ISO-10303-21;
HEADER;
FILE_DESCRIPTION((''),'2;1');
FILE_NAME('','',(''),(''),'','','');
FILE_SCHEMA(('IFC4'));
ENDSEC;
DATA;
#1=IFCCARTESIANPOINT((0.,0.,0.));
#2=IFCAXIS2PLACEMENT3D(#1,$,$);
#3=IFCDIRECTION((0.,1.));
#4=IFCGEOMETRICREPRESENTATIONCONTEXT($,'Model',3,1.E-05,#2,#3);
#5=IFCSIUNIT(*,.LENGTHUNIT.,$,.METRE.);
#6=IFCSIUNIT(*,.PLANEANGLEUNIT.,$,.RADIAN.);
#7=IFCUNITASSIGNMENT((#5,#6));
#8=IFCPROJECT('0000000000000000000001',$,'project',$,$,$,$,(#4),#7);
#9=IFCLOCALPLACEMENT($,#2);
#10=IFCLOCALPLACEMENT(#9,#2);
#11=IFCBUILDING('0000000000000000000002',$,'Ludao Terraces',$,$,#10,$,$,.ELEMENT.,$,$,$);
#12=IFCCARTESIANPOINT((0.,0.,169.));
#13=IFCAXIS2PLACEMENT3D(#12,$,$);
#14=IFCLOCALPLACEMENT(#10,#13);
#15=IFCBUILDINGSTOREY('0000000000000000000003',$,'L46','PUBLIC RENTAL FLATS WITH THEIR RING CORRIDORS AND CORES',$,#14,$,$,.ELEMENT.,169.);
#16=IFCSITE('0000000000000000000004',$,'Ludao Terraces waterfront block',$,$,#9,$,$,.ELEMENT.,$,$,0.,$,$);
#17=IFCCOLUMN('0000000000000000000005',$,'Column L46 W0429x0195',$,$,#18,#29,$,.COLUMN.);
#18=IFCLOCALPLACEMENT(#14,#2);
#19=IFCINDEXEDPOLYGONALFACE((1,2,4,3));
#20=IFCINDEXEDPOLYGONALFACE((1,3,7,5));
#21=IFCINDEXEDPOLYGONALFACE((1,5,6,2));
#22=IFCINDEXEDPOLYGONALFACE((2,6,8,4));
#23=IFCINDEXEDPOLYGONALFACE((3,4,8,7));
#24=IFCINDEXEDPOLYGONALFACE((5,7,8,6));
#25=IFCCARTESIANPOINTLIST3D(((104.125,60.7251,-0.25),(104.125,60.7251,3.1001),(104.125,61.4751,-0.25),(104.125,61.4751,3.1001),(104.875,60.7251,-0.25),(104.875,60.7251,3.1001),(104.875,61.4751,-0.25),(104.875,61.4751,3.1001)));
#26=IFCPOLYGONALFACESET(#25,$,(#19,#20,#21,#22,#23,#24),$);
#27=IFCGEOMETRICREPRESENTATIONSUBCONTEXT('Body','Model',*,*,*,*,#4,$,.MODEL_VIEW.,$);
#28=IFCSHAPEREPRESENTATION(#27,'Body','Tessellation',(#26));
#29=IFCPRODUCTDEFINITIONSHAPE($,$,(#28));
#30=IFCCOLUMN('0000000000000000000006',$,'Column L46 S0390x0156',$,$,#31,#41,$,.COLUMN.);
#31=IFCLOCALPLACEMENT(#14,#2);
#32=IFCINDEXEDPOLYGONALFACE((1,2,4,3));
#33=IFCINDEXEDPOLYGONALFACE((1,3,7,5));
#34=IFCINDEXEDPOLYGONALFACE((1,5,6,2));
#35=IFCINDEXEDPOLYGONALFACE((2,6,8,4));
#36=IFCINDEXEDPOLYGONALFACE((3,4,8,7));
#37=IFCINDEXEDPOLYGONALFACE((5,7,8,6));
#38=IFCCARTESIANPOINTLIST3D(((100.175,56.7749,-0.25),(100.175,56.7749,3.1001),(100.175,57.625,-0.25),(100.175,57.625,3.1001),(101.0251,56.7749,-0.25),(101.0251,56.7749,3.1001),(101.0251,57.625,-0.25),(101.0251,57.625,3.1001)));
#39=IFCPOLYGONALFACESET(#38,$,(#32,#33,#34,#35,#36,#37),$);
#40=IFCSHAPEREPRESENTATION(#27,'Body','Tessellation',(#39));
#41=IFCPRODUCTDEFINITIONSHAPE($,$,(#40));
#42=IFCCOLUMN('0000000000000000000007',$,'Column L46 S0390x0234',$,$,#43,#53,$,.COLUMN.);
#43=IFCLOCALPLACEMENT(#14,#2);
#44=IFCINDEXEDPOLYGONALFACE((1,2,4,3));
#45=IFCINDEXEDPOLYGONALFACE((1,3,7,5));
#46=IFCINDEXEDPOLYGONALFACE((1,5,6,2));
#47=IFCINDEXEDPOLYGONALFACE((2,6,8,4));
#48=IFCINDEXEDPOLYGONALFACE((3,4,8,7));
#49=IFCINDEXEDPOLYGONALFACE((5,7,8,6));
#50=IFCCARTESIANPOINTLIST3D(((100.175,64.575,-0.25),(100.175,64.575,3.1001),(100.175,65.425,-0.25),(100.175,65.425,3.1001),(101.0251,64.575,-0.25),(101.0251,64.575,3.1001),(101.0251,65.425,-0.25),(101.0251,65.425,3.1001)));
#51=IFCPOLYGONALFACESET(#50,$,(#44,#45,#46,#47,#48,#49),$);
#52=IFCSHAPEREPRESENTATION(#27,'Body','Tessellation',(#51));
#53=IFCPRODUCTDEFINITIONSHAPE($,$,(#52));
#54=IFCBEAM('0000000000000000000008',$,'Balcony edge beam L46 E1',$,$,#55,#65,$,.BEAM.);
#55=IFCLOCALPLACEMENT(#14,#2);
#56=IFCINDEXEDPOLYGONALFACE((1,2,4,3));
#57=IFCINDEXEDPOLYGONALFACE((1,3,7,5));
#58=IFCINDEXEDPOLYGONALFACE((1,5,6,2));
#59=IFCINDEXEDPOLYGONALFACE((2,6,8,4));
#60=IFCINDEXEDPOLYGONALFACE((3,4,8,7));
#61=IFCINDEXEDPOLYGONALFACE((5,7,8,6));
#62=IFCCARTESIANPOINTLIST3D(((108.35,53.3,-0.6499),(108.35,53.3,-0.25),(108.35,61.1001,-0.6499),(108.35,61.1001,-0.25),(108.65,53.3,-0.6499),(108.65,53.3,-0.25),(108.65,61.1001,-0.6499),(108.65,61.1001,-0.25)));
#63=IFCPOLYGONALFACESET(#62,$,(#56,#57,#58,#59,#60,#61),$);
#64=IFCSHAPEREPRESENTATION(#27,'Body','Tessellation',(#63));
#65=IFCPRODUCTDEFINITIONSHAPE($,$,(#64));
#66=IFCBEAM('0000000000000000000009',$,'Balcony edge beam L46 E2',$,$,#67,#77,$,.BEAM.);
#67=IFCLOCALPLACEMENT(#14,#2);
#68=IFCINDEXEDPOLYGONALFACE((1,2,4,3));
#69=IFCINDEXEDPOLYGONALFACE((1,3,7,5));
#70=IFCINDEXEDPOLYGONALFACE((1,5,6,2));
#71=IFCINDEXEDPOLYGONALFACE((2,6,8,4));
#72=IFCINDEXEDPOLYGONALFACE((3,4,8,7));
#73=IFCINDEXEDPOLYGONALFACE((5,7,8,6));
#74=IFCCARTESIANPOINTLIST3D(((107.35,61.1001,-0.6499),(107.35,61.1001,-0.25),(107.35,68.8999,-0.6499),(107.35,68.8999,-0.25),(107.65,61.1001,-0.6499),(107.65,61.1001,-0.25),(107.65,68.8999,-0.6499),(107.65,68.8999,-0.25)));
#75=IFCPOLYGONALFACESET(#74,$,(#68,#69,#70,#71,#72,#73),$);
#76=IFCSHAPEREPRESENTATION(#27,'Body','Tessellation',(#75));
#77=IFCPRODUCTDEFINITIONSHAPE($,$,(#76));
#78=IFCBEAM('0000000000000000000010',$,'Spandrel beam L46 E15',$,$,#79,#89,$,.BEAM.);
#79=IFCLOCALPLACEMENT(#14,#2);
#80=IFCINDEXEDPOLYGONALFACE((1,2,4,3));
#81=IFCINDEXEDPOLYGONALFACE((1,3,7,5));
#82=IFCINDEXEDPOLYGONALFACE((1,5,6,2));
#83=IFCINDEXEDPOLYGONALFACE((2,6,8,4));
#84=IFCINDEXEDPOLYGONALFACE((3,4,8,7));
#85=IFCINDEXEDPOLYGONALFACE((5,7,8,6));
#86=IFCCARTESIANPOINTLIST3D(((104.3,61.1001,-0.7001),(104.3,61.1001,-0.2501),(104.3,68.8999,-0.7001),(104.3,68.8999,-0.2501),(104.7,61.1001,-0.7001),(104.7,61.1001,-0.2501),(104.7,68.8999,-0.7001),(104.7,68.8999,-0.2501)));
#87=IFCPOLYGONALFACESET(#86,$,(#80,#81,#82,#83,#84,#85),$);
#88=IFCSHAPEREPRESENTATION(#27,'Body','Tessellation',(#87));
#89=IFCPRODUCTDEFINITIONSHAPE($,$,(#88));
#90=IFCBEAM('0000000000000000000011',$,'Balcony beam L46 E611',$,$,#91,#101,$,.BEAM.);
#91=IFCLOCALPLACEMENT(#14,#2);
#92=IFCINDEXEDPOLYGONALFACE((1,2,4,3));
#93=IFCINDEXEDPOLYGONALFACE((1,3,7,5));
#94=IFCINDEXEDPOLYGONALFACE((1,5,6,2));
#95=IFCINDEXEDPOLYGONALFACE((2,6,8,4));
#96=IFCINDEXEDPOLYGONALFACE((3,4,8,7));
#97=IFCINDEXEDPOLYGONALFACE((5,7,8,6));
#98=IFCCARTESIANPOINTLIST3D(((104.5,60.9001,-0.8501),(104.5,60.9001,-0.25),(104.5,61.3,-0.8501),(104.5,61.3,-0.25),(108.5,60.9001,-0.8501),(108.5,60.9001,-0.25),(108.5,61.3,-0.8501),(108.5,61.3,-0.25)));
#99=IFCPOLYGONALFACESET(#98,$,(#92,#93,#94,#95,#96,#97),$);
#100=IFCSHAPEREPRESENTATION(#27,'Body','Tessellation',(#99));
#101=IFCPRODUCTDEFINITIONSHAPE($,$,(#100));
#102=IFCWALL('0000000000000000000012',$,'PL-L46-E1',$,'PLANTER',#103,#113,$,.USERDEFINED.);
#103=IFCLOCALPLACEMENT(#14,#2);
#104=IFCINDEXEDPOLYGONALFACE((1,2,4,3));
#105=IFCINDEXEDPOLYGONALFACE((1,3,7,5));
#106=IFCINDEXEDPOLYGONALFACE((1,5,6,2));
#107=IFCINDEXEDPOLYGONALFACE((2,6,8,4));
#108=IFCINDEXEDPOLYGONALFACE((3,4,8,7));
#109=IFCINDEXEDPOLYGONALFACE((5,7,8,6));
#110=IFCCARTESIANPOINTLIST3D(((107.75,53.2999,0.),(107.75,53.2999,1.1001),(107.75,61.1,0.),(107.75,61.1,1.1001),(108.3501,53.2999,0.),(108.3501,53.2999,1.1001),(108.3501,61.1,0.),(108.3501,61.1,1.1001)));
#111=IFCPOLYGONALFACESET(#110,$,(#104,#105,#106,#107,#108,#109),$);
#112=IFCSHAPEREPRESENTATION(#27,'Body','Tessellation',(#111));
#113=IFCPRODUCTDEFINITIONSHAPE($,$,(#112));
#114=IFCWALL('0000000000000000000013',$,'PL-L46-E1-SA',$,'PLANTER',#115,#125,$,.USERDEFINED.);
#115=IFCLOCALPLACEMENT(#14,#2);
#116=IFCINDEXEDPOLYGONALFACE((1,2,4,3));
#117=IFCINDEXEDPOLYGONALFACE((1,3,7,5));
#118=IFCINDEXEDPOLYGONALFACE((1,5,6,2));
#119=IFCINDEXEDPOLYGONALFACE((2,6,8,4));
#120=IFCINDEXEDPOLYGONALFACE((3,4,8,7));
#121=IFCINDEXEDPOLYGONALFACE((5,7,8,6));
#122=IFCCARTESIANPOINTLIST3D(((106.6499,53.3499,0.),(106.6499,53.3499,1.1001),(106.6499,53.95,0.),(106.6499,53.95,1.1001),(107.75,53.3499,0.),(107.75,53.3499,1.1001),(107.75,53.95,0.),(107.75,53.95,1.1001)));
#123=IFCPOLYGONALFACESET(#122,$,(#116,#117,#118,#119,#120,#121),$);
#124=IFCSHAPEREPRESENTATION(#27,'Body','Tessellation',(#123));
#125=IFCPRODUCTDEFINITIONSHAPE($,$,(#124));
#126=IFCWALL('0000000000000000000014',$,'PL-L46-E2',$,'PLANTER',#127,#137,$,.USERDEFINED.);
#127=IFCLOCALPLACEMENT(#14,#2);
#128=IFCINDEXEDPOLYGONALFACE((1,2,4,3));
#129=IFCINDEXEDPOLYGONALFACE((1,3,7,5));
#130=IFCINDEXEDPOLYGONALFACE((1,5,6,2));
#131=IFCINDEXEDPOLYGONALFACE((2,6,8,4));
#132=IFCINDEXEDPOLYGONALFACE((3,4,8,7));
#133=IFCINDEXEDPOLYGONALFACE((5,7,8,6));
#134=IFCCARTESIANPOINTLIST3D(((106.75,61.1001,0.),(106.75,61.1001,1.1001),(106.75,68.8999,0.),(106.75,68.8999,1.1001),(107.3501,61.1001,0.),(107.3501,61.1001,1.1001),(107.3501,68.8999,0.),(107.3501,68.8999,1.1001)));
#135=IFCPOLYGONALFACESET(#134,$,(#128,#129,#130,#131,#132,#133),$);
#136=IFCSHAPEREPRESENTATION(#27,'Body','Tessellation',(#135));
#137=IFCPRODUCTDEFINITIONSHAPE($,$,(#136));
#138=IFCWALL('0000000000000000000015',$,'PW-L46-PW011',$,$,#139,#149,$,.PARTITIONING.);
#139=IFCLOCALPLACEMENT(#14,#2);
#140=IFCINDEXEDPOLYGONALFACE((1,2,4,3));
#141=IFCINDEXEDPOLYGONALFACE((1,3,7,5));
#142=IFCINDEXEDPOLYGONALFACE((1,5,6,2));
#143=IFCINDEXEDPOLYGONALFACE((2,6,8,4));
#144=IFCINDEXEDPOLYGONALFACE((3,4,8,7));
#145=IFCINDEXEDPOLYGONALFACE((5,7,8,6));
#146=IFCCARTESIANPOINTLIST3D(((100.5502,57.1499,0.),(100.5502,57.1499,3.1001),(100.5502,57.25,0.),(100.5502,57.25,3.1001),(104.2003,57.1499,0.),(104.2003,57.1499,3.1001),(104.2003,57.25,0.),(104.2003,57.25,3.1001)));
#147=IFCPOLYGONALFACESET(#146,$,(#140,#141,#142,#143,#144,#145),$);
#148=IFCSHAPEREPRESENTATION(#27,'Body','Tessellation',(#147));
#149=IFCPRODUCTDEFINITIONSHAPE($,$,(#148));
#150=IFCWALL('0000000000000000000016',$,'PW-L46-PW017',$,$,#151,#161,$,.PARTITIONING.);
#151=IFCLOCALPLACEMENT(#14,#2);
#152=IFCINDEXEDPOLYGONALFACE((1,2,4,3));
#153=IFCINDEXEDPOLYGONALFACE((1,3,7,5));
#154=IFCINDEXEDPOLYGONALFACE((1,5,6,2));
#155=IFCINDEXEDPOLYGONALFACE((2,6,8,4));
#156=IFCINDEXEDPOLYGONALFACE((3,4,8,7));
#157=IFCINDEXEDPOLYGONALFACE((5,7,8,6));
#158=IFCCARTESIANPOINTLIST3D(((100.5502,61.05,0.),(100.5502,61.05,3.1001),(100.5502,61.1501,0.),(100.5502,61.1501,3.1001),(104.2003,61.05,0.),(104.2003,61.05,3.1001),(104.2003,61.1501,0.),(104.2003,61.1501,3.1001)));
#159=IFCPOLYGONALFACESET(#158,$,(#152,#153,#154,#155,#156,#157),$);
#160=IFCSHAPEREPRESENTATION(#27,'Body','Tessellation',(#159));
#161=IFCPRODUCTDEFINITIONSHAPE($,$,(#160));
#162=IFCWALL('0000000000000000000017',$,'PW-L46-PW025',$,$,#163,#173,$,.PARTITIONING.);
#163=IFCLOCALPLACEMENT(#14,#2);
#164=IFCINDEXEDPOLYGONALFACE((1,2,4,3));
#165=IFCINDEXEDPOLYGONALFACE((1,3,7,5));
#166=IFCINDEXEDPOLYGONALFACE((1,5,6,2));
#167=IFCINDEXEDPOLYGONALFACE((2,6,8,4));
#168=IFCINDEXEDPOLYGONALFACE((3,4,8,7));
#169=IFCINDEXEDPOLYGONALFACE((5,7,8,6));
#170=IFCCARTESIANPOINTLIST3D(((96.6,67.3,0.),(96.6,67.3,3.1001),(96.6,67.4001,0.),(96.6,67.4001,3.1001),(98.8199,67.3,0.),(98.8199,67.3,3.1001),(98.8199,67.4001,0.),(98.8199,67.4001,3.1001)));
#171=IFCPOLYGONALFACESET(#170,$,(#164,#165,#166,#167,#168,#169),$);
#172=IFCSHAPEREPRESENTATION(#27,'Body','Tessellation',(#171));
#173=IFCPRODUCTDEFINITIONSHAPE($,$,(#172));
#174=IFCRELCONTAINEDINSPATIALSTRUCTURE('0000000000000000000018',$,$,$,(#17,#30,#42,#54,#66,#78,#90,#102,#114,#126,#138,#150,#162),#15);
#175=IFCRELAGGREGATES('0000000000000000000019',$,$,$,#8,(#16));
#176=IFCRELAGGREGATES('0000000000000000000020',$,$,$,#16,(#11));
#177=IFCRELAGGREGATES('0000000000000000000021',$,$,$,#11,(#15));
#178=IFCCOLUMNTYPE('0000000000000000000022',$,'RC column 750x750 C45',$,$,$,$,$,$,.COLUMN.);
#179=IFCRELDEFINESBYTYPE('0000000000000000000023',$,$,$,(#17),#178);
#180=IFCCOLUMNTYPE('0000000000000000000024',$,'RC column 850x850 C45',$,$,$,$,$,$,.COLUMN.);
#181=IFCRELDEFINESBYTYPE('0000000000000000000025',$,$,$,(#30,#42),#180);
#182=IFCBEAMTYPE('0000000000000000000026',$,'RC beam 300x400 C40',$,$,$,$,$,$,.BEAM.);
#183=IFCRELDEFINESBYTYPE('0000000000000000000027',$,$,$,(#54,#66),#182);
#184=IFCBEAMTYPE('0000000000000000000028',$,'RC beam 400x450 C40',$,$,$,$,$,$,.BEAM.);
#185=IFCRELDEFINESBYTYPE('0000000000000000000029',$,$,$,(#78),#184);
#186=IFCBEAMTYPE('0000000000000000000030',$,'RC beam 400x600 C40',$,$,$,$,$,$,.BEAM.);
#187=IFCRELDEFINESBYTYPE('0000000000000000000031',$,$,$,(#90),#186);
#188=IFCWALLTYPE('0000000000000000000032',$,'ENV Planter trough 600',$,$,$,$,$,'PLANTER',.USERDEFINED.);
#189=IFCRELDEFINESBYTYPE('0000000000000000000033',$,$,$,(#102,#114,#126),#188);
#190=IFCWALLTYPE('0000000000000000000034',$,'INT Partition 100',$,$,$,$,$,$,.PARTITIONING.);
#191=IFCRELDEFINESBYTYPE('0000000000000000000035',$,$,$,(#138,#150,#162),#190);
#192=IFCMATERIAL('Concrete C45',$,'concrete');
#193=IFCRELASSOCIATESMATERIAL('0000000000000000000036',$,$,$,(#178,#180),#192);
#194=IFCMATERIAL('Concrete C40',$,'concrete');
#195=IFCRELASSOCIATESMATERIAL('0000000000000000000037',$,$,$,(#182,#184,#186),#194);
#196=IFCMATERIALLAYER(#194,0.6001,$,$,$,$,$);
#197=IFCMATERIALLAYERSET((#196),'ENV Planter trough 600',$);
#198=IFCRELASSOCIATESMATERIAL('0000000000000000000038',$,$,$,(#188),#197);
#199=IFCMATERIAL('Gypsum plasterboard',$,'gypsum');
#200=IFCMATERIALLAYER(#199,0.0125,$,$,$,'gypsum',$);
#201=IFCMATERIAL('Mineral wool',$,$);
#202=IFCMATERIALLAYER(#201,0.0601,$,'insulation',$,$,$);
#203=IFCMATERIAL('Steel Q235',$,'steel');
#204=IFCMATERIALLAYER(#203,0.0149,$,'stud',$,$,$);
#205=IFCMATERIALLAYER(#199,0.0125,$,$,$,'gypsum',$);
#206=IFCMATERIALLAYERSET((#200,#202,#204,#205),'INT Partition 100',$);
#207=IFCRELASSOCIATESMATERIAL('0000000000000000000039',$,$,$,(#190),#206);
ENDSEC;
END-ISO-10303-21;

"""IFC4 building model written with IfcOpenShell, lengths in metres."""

from ifc_helpers import new_model, si_unit, direction, frame, frame_2d, origin, origin_2d, place, context, subcontext, project, spatial, rectangle, extrude, material, layer, layer_set, material_profile, profile_set, type_object, element, save


model = new_model("IFC4")

# Units and contexts
model_context = context("Model", 3, precision=1e-05, world=origin(), true_north=direction((0.0, 1.0)))
body_context = subcontext(model_context, "Body", "Model", "MODEL_VIEW")
ifc_project = project(units=[si_unit("LENGTHUNIT", "METRE"), si_unit("PLANEANGLEUNIT", "RADIAN")], contexts=[model_context])

# Site, building, storey
site_placement = place(None, origin())
site = spatial("IfcSite", under=ifc_project, at=site_placement, Name="Ludao Terraces waterfront block", CompositionType="ELEMENT", RefElevation=0.0)
building_placement = place(site_placement, origin())
building = spatial("IfcBuilding", under=site, at=building_placement, Name="Ludao Terraces", CompositionType="ELEMENT")
storey_placement = place(building_placement, frame((0.0, 0.0, 169.0)))
storey = spatial("IfcBuildingStorey", under=building, at=storey_placement, Name="L46", Description="PUBLIC RENTAL FLATS WITH THEIR RING CORRIDORS AND CORES", CompositionType="ELEMENT", Elevation=169.0)

# Columns
ifc_material_1 = material(Name="Concrete C45", Category="concrete")
ifc_material_profile_1 = material_profile(ifc_material_1, rectangle(XDim=0.75, YDim=0.75, at=origin_2d()), Name="750 X 750")
ifc_profile_set_1 = profile_set([ifc_material_profile_1], Name="Concrete C45")
column_type_1 = type_object("IfcColumnType", Name="RC column 750x750 C45", PredefinedType="COLUMN", material=ifc_profile_set_1)
column_placement = place(storey_placement, frame((104.5, 61.1001, -0.25), z_axis=(0.0, 0.0, 1.0), x_axis=(1.0, 0.0, 0.0)))
element("IfcColumn", 1, at=column_placement, inside=storey, type_object=column_type_1, Name="Column L46 W0429x0195", PredefinedType="COLUMN", context=body_context, shape_type="SweptSolid", body=[
    extrude(rectangle(XDim=0.75, YDim=0.75, at=origin_2d()), origin(), (0.0, 0.0, 1.0), 3.3501),
])
ifc_material_profile_2 = material_profile(ifc_material_1, rectangle(XDim=0.8501, YDim=0.8501, at=origin_2d()), Name="850 X 850")
ifc_profile_set_2 = profile_set([ifc_material_profile_2], Name="Concrete C45")
column_type_2 = type_object("IfcColumnType", Name="RC column 850x850 C45", PredefinedType="COLUMN", material=ifc_profile_set_2)
for number, where, z_axis, x_axis, name in (
    (2, (100.6001, 57.2, -0.25), (0.0, 0.0, 1.0), (1.0, 0.0, 0.0), "Column L46 S0390x0156"),
    (3, (100.6001, 65.0, -0.25), (0.0, 0.0, 1.0), (1.0, 0.0, 0.0), "Column L46 S0390x0234"),
):
    element("IfcColumn", number, at=place(storey_placement, frame(where, z_axis=z_axis, x_axis=x_axis)), inside=storey, type_object=column_type_2, Name=name, PredefinedType="COLUMN", context=body_context, shape_type="SweptSolid", body=[
        extrude(rectangle(XDim=0.8501, YDim=0.8501, at=origin_2d()), origin(), (0.0, 0.0, 1.0), 3.3501),
    ])

# Beams
ifc_material_2 = material(Name="Concrete C40", Category="concrete")
ifc_material_profile_3 = material_profile(ifc_material_2, rectangle(XDim=0.3, YDim=0.3999, at=origin_2d()), Name="300 X 400")
ifc_profile_set_3 = profile_set([ifc_material_profile_3], Name="Concrete C40")
beam_type_1 = type_object("IfcBeamType", Name="RC beam 300x400 C40", PredefinedType="BEAM", material=ifc_profile_set_3)
beam_1_placement = place(storey_placement, frame((108.5, 53.3, -0.45), z_axis=(0.0, 1.0, 0.0), x_axis=(-1.0, 0.0, 0.0)))
element("IfcBeam", 4, at=beam_1_placement, inside=storey, type_object=beam_type_1, Name="Balcony edge beam L46 E1", PredefinedType="BEAM", context=body_context, shape_type="SweptSolid", body=[
    extrude(rectangle(XDim=0.3, YDim=0.3999, at=origin_2d()), origin(), (0.0, 0.0, 1.0), 7.8),
])
beam_2_placement = place(storey_placement, frame((107.5, 61.1001, -0.45), z_axis=(0.0, 1.0, 0.0), x_axis=(-1.0, 0.0, 0.0)))
element("IfcBeam", 5, at=beam_2_placement, inside=storey, type_object=beam_type_1, Name="Balcony edge beam L46 E2", PredefinedType="BEAM", context=body_context, shape_type="SweptSolid", body=[
    extrude(rectangle(XDim=0.3, YDim=0.3999, at=origin_2d()), origin(), (0.0, 0.0, 1.0), 7.7998),
])
ifc_material_profile_4 = material_profile(ifc_material_2, rectangle(XDim=0.3999, YDim=0.45, at=origin_2d()), Name="400 X 450")
ifc_profile_set_4 = profile_set([ifc_material_profile_4], Name="Concrete C40")
beam_type_2 = type_object("IfcBeamType", Name="RC beam 400x450 C40", PredefinedType="BEAM", material=ifc_profile_set_4)
beam_3_placement = place(storey_placement, frame((104.5, 61.1001, -0.4751), z_axis=(0.0, 1.0, 0.0), x_axis=(-1.0, 0.0, 0.0)))
element("IfcBeam", 6, at=beam_3_placement, inside=storey, type_object=beam_type_2, Name="Spandrel beam L46 E15", PredefinedType="BEAM", context=body_context, shape_type="SweptSolid", body=[
    extrude(rectangle(XDim=0.3999, YDim=0.45, at=origin_2d()), origin(), (0.0, 0.0, 1.0), 7.7998),
])
ifc_material_profile_5 = material_profile(ifc_material_2, rectangle(XDim=0.3999, YDim=0.6001, at=origin_2d()), Name="400 X 600")
ifc_profile_set_5 = profile_set([ifc_material_profile_5], Name="Concrete C40")
beam_type_3 = type_object("IfcBeamType", Name="RC beam 400x600 C40", PredefinedType="BEAM", material=ifc_profile_set_5)
beam_4_placement = place(storey_placement, frame((104.5, 61.1001, -0.55), z_axis=(1.0, 0.0, 0.0), x_axis=(0.0, 1.0, 0.0)))
element("IfcBeam", 7, at=beam_4_placement, inside=storey, type_object=beam_type_3, Name="Balcony beam L46 E611", PredefinedType="BEAM", context=body_context, shape_type="SweptSolid", body=[
    extrude(rectangle(XDim=0.3999, YDim=0.6001, at=origin_2d()), origin(), (0.0, 0.0, 1.0), 4.0),
])

# Walls
ifc_layer_1 = layer(ifc_material_2, 0.6001)
ifc_layer_set_1 = layer_set([ifc_layer_1], Name="ENV Planter trough 600")
wall_type_1 = type_object("IfcWallType", Name="ENV Planter trough 600", ElementType="PLANTER", PredefinedType="USERDEFINED", material=ifc_layer_set_1)
wall_1_placement = place(storey_placement, frame((108.05, 53.3, 0.0), z_axis=(0.0, 0.0, 1.0), x_axis=(0.0, 1.0, 0.0)))
element("IfcWall", 8, at=wall_1_placement, inside=storey, type_object=wall_type_1, Name="PL-L46-E1", ObjectType="PLANTER", PredefinedType="USERDEFINED", context=body_context, shape_type="SweptSolid", body=[
    extrude(rectangle(XDim=7.8, YDim=0.6001, at=frame_2d((3.8999, 0.0))), origin(), (0.0, 0.0, 1.0), 1.1001),
])
wall_2_placement = place(storey_placement, frame((107.75, 53.6499, 0.0), z_axis=(0.0, 0.0, 1.0), x_axis=(-1.0, 0.0, 0.0)))
element("IfcWall", 9, at=wall_2_placement, inside=storey, type_object=wall_type_1, Name="PL-L46-E1-SA", ObjectType="PLANTER", PredefinedType="USERDEFINED", context=body_context, shape_type="SweptSolid", body=[
    extrude(rectangle(XDim=1.1001, YDim=0.6001, at=frame_2d((0.55, 0.0))), origin(), (0.0, 0.0, 1.0), 1.1001),
])
wall_3_placement = place(storey_placement, frame((107.05, 61.1001, 0.0), z_axis=(0.0, 0.0, 1.0), x_axis=(0.0, 1.0, 0.0)))
element("IfcWall", 10, at=wall_3_placement, inside=storey, type_object=wall_type_1, Name="PL-L46-E2", ObjectType="PLANTER", PredefinedType="USERDEFINED", context=body_context, shape_type="SweptSolid", body=[
    extrude(rectangle(XDim=7.7998, YDim=0.6001, at=frame_2d((3.8999, 0.0))), origin(), (0.0, 0.0, 1.0), 1.1001),
])

# Shared definitions
ifc_material_3 = material(Name="Mineral wool")

# Walls
ifc_material_4 = material(Name="Gypsum plasterboard", Category="gypsum")
ifc_layer_2 = layer(ifc_material_4, 0.0125, Category="gypsum")
ifc_layer_3 = layer(ifc_material_3, 0.0601, Name="insulation")
ifc_material_5 = material(Name="Steel Q235", Category="steel")
ifc_layer_4 = layer(ifc_material_5, 0.0149, Name="stud")
ifc_layer_5 = layer(ifc_material_4, 0.0125, Category="gypsum")
ifc_layer_set_2 = layer_set([ifc_layer_2, ifc_layer_3, ifc_layer_4, ifc_layer_5], Name="INT Partition 100")
wall_type_2 = type_object("IfcWallType", Name="INT Partition 100", PredefinedType="PARTITIONING", material=ifc_layer_set_2)
for number, where, z_axis, x_axis, name in (
    (11, (100.55, 57.2, 0.0), (0.0, 0.0, 1.0), (1.0, 0.0, 0.0), "PW-L46-PW011"),
    (12, (100.55, 61.1001, 0.0), (0.0, 0.0, 1.0), (1.0, 0.0, 0.0), "PW-L46-PW017"),
):
    element("IfcWall", number, at=place(storey_placement, frame(where, z_axis=z_axis, x_axis=x_axis)), inside=storey, type_object=wall_type_2, Name=name, PredefinedType="PARTITIONING", context=body_context, shape_type="SweptSolid", body=[
        extrude(rectangle(XDim=3.6501, YDim=0.1001, at=frame_2d((1.8252, 0.0))), origin(), (0.0, 0.0, 1.0), 3.1001),
    ])
wall_4_placement = place(storey_placement, frame((96.6001, 67.3501, 0.0), z_axis=(0.0, 0.0, 1.0), x_axis=(1.0, 0.0, 0.0)))
element("IfcWall", 13, at=wall_4_placement, inside=storey, type_object=wall_type_2, Name="PW-L46-PW025", PredefinedType="PARTITIONING", context=body_context, shape_type="SweptSolid", body=[
    extrude(rectangle(XDim=2.22, YDim=0.1001, at=frame_2d((1.1099, 0.0))), origin(), (0.0, 0.0, 1.0), 3.1001),
])

save(model, "model.ifc")
